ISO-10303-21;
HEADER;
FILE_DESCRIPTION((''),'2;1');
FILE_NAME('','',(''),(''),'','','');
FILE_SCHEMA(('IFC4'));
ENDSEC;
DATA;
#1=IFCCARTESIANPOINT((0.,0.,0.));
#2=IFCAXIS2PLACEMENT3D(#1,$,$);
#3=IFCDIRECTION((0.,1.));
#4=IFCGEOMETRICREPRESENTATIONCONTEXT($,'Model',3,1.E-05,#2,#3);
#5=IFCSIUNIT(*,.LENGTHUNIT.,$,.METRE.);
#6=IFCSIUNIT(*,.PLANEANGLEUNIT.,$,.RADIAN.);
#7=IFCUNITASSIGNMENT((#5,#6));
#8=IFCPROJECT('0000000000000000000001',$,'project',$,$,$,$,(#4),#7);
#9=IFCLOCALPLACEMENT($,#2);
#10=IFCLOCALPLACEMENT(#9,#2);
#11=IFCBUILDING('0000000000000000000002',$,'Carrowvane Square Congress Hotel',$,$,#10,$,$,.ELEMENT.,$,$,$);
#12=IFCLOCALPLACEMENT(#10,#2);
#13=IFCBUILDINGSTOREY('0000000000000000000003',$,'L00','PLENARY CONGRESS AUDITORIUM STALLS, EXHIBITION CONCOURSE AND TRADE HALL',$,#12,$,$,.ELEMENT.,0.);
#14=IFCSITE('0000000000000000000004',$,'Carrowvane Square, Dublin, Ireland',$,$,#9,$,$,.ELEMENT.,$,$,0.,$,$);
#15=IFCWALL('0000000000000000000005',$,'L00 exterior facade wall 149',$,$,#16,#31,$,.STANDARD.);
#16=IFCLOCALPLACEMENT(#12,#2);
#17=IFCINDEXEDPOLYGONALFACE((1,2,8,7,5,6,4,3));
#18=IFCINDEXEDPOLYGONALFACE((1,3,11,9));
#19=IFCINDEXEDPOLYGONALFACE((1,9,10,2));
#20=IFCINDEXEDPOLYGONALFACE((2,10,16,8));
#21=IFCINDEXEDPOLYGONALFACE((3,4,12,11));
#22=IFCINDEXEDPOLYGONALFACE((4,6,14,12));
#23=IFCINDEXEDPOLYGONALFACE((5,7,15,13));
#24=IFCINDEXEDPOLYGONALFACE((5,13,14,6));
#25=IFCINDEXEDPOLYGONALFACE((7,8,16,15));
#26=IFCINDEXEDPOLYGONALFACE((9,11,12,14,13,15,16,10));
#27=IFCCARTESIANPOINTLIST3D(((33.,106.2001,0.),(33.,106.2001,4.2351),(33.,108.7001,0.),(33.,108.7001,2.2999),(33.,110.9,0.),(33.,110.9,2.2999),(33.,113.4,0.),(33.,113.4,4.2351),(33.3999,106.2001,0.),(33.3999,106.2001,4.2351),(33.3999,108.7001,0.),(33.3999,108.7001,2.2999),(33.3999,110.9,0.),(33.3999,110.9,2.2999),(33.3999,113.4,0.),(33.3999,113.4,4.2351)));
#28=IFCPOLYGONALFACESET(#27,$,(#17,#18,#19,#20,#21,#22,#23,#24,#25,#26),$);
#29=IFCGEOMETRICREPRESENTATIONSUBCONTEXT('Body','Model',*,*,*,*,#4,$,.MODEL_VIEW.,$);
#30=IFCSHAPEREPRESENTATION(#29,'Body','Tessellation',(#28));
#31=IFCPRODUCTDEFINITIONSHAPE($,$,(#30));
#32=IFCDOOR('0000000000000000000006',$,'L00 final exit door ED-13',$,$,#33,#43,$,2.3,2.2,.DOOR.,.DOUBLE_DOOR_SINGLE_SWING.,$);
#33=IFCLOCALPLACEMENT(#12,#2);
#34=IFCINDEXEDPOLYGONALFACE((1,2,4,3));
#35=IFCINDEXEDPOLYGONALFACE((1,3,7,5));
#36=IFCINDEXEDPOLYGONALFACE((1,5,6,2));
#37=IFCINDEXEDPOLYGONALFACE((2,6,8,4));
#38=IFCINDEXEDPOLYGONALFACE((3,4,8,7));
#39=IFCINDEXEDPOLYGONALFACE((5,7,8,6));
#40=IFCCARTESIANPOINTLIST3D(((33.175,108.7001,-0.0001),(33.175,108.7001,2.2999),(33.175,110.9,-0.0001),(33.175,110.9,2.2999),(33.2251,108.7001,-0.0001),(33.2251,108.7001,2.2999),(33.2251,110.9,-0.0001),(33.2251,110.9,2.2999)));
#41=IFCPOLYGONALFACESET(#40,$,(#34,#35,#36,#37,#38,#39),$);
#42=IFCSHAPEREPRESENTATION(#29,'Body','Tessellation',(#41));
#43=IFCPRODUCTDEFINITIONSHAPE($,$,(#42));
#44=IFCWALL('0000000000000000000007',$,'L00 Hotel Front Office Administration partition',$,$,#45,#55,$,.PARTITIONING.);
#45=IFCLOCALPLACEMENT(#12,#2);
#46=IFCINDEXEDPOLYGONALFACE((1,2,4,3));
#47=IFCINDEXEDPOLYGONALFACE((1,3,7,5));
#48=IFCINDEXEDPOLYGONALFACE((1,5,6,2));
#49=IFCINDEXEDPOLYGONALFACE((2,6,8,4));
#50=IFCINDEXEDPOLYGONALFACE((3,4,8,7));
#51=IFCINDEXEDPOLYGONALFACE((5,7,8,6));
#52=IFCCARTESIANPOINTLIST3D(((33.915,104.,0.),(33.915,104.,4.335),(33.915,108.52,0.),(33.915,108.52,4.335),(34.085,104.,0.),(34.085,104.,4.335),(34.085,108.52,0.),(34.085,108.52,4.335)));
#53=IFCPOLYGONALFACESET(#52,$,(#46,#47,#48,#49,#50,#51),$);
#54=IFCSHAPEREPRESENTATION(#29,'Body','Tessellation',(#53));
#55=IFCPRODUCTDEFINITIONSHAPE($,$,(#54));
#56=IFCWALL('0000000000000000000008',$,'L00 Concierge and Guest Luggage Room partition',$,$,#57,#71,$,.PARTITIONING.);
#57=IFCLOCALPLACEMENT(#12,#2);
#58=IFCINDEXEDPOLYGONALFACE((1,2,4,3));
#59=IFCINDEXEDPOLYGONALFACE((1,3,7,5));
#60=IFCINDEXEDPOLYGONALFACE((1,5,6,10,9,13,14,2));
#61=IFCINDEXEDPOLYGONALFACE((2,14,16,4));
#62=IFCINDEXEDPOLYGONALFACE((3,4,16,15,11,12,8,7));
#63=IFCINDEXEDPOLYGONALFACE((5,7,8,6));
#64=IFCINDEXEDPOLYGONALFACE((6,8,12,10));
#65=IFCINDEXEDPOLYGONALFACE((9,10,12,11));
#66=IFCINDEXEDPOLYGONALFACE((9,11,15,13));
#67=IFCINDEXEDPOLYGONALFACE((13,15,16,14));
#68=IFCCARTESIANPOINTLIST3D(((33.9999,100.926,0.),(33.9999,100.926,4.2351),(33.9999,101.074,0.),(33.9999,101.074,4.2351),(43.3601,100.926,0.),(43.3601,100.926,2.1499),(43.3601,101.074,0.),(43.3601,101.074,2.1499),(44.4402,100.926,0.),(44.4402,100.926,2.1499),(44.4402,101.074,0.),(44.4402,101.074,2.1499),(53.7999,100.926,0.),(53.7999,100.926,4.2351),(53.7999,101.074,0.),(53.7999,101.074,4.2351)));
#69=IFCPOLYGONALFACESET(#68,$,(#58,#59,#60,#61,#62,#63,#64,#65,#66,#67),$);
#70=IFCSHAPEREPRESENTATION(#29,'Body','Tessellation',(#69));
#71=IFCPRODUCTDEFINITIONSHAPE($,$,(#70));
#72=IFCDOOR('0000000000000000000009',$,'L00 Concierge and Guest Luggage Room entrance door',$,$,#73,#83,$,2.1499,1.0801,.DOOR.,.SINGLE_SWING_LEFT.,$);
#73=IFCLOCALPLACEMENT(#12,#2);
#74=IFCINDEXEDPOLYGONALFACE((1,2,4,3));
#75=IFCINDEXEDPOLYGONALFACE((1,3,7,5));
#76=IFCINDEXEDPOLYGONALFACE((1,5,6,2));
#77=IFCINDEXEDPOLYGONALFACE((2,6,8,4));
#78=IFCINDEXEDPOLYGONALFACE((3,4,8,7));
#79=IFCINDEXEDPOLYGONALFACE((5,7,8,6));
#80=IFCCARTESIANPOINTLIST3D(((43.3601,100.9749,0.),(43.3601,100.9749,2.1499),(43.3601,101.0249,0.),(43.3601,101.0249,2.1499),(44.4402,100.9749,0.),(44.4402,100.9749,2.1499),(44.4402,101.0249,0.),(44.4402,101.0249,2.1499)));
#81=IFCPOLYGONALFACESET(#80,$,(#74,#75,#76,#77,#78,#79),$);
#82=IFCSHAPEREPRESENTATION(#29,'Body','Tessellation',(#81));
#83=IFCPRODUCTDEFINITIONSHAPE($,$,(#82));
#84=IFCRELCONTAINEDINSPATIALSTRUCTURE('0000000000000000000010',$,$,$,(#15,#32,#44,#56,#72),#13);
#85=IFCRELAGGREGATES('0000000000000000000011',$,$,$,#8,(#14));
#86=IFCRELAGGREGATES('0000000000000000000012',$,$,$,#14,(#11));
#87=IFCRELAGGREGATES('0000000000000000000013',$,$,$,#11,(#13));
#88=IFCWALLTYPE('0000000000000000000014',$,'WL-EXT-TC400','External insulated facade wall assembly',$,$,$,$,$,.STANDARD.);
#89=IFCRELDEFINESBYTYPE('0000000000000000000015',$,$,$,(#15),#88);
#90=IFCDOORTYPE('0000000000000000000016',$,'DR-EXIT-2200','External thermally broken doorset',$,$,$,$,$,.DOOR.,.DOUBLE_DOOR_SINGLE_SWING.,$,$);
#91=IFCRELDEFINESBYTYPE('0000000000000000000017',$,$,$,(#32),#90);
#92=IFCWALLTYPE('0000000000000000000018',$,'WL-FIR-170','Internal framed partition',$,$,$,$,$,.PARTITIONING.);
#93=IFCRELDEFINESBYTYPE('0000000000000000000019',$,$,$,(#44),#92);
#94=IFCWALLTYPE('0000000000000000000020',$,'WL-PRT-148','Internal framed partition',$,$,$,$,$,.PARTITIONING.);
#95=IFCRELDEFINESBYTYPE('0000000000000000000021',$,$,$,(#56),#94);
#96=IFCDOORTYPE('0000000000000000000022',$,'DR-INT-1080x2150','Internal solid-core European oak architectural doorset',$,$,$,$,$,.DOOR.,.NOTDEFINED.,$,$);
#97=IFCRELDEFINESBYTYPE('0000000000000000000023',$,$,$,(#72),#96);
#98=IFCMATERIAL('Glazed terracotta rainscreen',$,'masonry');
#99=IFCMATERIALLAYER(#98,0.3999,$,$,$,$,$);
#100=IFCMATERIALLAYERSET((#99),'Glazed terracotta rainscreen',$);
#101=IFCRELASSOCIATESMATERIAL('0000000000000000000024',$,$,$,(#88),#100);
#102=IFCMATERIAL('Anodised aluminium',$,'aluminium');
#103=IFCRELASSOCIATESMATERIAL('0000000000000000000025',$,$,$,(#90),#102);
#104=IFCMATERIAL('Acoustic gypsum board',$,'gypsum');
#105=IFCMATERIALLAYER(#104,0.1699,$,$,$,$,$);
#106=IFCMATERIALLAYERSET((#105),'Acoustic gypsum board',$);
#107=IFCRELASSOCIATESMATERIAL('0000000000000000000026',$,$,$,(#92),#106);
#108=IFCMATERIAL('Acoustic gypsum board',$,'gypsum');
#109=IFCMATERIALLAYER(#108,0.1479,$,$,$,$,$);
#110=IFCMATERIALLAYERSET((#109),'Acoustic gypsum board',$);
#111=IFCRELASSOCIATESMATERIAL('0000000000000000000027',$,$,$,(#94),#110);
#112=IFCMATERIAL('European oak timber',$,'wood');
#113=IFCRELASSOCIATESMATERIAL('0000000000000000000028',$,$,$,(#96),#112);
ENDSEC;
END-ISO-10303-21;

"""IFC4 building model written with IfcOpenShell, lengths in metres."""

from ifc_helpers import new_model, si_unit, direction, frame, frame_2d, origin, place, context, subcontext, project, spatial, rectangle, extrude, material, layer, layer_set, type_object, element, fill, save


model = new_model("IFC4")

# Units and contexts
model_context = context("Model", 3, precision=1e-05, world=origin(), true_north=direction((0.0, 1.0)))
body_context = subcontext(model_context, "Body", "Model", "MODEL_VIEW")
ifc_project = project(units=[si_unit("LENGTHUNIT", "METRE"), si_unit("PLANEANGLEUNIT", "RADIAN")], contexts=[model_context])

# Site, building, storey
site_placement = place(None, origin())
site = spatial("IfcSite", under=ifc_project, at=site_placement, Name="Carrowvane Square, Dublin, Ireland", CompositionType="ELEMENT", RefElevation=0.0)
building_placement = place(site_placement, origin())
building = spatial("IfcBuilding", under=site, at=building_placement, Name="Carrowvane Square Congress Hotel", CompositionType="ELEMENT")
storey_placement = place(building_placement, origin())
storey = spatial("IfcBuildingStorey", under=building, at=storey_placement, Name="L00", Description="PLENARY CONGRESS AUDITORIUM STALLS, EXHIBITION CONCOURSE AND TRADE HALL", CompositionType="ELEMENT", Elevation=0.0)

# Wall, opening, door
ifc_material_1 = material(Name="Glazed terracotta rainscreen", Category="masonry")
ifc_layer_1 = layer(ifc_material_1, 0.3999)
ifc_layer_set_1 = layer_set([ifc_layer_1], Name="Glazed terracotta rainscreen")
wall_type_1 = type_object("IfcWallType", Name="WL-EXT-TC400", Description="External insulated facade wall assembly", PredefinedType="STANDARD", material=ifc_layer_set_1)
wall_1_placement = place(storey_placement, frame((33.2, 106.2, 0.0), z_axis=(0.0, 0.0, 1.0), x_axis=(0.0, 1.0, 0.0)))
wall_1 = element("IfcWall", 1, at=wall_1_placement, inside=storey, type_object=wall_type_1, Name="L00 exterior facade wall 149", PredefinedType="STANDARD", context=body_context, shape_type="SweptSolid", body=[
    extrude(rectangle(XDim=7.2, YDim=0.3999, at=frame_2d((3.6001, 0.0))), origin(), (0.0, 0.0, 1.0), 4.2351),
])
opening_1_placement = place(wall_1_placement, frame((2.5, 0.0, 0.0)))
opening_1 = element("IfcOpeningElement", 2, at=opening_1_placement, cuts=wall_1, PredefinedType="OPENING", context=body_context, shape_type="SweptSolid", body=[
    extrude(rectangle(XDim=2.2, YDim=2.3, at=frame_2d((1.1001, 1.1499))), frame((0.0, 0.21, 0.0), z_axis=(0.0, -1.0, 0.0), x_axis=(1.0, 0.0, 0.0)), (0.0, 0.0, 1.0), 0.4199),
])
ifc_material_2 = material(Name="Anodised aluminium", Category="aluminium")
door_type_1 = type_object("IfcDoorType", Name="DR-EXIT-2200", Description="External thermally broken doorset", OperationType="DOUBLE_DOOR_SINGLE_SWING", PredefinedType="DOOR", material=ifc_material_2)
door_1_placement = place(opening_1_placement, origin())
door_1 = element("IfcDoor", 3, at=door_1_placement, inside=storey, type_object=door_type_1, Name="L00 final exit door ED-13", OperationType="DOUBLE_DOOR_SINGLE_SWING", OverallHeight=2.3, OverallWidth=2.2, PredefinedType="DOOR", context=body_context, shape_type="SweptSolid", body=[
    extrude(rectangle(XDim=2.2, YDim=2.3, at=frame_2d((1.1001, 1.1499))), frame((0.0, 0.0249, 0.0), z_axis=(0.0, -1.0, 0.0), x_axis=(1.0, 0.0, 0.0)), (0.0, 0.0, 1.0), 0.05),
])
fill(opening_1, door_1)

# Wall
ifc_material_3 = material(Name="Acoustic gypsum board", Category="gypsum")
ifc_layer_2 = layer(ifc_material_3, 0.1699)
ifc_layer_set_2 = layer_set([ifc_layer_2], Name="Acoustic gypsum board")
wall_type_2 = type_object("IfcWallType", Name="WL-FIR-170", Description="Internal framed partition", PredefinedType="PARTITIONING", material=ifc_layer_set_2)
wall_2_placement = place(storey_placement, frame((34.0, 104.0, 0.0), z_axis=(0.0, 0.0, 1.0), x_axis=(0.0, 1.0, 0.0)))
element("IfcWall", 4, at=wall_2_placement, inside=storey, type_object=wall_type_2, Name="L00 Hotel Front Office Administration partition", PredefinedType="PARTITIONING", context=body_context, shape_type="SweptSolid", body=[
    extrude(rectangle(XDim=4.52, YDim=0.1699, at=frame_2d((2.26, 0.0))), origin(), (0.0, 0.0, 1.0), 4.335),
])

# Wall, opening, door
ifc_material_4 = material(Name="Acoustic gypsum board", Category="gypsum")
ifc_layer_3 = layer(ifc_material_4, 0.1479)
ifc_layer_set_3 = layer_set([ifc_layer_3], Name="Acoustic gypsum board")
wall_type_3 = type_object("IfcWallType", Name="WL-PRT-148", Description="Internal framed partition", PredefinedType="PARTITIONING", material=ifc_layer_set_3)
wall_3_placement = place(storey_placement, frame((34.0, 101.0, 0.0), z_axis=(0.0, 0.0, 1.0), x_axis=(1.0, 0.0, 0.0)))
wall_3 = element("IfcWall", 5, at=wall_3_placement, inside=storey, type_object=wall_type_3, Name="L00 Concierge and Guest Luggage Room partition", PredefinedType="PARTITIONING", context=body_context, shape_type="SweptSolid", body=[
    extrude(rectangle(XDim=19.8, YDim=0.1479, at=frame_2d((9.8999, 0.0))), origin(), (0.0, 0.0, 1.0), 4.2351),
])
opening_2_placement = place(wall_3_placement, frame((9.3601, 0.0, 0.0)))
opening_2 = element("IfcOpeningElement", 6, at=opening_2_placement, cuts=wall_3, PredefinedType="OPENING", context=body_context, shape_type="SweptSolid", body=[
    extrude(rectangle(XDim=1.0801, YDim=2.1499, at=frame_2d((0.54, 1.075))), frame((0.0, 0.084, 0.0), z_axis=(0.0, -1.0, 0.0), x_axis=(1.0, 0.0, 0.0)), (0.0, 0.0, 1.0), 0.168),
])
ifc_material_5 = material(Name="European oak timber", Category="wood")
door_type_2 = type_object("IfcDoorType", Name="DR-INT-1080x2150", Description="Internal solid-core European oak architectural doorset", OperationType="NOTDEFINED", PredefinedType="DOOR", material=ifc_material_5)
door_2_placement = place(opening_2_placement, origin())
door_2 = element("IfcDoor", 7, at=door_2_placement, inside=storey, type_object=door_type_2, Name="L00 Concierge and Guest Luggage Room entrance door", OperationType="SINGLE_SWING_LEFT", OverallHeight=2.1499, OverallWidth=1.0801, PredefinedType="DOOR", context=body_context, shape_type="SweptSolid", body=[
    extrude(rectangle(XDim=1.0801, YDim=2.1499, at=frame_2d((0.54, 1.075))), frame((0.0, 0.0249, 0.0), z_axis=(0.0, -1.0, 0.0), x_axis=(1.0, 0.0, 0.0)), (0.0, 0.0, 1.0), 0.05),
])
fill(opening_2, door_2)

save(model, "model.ifc")
